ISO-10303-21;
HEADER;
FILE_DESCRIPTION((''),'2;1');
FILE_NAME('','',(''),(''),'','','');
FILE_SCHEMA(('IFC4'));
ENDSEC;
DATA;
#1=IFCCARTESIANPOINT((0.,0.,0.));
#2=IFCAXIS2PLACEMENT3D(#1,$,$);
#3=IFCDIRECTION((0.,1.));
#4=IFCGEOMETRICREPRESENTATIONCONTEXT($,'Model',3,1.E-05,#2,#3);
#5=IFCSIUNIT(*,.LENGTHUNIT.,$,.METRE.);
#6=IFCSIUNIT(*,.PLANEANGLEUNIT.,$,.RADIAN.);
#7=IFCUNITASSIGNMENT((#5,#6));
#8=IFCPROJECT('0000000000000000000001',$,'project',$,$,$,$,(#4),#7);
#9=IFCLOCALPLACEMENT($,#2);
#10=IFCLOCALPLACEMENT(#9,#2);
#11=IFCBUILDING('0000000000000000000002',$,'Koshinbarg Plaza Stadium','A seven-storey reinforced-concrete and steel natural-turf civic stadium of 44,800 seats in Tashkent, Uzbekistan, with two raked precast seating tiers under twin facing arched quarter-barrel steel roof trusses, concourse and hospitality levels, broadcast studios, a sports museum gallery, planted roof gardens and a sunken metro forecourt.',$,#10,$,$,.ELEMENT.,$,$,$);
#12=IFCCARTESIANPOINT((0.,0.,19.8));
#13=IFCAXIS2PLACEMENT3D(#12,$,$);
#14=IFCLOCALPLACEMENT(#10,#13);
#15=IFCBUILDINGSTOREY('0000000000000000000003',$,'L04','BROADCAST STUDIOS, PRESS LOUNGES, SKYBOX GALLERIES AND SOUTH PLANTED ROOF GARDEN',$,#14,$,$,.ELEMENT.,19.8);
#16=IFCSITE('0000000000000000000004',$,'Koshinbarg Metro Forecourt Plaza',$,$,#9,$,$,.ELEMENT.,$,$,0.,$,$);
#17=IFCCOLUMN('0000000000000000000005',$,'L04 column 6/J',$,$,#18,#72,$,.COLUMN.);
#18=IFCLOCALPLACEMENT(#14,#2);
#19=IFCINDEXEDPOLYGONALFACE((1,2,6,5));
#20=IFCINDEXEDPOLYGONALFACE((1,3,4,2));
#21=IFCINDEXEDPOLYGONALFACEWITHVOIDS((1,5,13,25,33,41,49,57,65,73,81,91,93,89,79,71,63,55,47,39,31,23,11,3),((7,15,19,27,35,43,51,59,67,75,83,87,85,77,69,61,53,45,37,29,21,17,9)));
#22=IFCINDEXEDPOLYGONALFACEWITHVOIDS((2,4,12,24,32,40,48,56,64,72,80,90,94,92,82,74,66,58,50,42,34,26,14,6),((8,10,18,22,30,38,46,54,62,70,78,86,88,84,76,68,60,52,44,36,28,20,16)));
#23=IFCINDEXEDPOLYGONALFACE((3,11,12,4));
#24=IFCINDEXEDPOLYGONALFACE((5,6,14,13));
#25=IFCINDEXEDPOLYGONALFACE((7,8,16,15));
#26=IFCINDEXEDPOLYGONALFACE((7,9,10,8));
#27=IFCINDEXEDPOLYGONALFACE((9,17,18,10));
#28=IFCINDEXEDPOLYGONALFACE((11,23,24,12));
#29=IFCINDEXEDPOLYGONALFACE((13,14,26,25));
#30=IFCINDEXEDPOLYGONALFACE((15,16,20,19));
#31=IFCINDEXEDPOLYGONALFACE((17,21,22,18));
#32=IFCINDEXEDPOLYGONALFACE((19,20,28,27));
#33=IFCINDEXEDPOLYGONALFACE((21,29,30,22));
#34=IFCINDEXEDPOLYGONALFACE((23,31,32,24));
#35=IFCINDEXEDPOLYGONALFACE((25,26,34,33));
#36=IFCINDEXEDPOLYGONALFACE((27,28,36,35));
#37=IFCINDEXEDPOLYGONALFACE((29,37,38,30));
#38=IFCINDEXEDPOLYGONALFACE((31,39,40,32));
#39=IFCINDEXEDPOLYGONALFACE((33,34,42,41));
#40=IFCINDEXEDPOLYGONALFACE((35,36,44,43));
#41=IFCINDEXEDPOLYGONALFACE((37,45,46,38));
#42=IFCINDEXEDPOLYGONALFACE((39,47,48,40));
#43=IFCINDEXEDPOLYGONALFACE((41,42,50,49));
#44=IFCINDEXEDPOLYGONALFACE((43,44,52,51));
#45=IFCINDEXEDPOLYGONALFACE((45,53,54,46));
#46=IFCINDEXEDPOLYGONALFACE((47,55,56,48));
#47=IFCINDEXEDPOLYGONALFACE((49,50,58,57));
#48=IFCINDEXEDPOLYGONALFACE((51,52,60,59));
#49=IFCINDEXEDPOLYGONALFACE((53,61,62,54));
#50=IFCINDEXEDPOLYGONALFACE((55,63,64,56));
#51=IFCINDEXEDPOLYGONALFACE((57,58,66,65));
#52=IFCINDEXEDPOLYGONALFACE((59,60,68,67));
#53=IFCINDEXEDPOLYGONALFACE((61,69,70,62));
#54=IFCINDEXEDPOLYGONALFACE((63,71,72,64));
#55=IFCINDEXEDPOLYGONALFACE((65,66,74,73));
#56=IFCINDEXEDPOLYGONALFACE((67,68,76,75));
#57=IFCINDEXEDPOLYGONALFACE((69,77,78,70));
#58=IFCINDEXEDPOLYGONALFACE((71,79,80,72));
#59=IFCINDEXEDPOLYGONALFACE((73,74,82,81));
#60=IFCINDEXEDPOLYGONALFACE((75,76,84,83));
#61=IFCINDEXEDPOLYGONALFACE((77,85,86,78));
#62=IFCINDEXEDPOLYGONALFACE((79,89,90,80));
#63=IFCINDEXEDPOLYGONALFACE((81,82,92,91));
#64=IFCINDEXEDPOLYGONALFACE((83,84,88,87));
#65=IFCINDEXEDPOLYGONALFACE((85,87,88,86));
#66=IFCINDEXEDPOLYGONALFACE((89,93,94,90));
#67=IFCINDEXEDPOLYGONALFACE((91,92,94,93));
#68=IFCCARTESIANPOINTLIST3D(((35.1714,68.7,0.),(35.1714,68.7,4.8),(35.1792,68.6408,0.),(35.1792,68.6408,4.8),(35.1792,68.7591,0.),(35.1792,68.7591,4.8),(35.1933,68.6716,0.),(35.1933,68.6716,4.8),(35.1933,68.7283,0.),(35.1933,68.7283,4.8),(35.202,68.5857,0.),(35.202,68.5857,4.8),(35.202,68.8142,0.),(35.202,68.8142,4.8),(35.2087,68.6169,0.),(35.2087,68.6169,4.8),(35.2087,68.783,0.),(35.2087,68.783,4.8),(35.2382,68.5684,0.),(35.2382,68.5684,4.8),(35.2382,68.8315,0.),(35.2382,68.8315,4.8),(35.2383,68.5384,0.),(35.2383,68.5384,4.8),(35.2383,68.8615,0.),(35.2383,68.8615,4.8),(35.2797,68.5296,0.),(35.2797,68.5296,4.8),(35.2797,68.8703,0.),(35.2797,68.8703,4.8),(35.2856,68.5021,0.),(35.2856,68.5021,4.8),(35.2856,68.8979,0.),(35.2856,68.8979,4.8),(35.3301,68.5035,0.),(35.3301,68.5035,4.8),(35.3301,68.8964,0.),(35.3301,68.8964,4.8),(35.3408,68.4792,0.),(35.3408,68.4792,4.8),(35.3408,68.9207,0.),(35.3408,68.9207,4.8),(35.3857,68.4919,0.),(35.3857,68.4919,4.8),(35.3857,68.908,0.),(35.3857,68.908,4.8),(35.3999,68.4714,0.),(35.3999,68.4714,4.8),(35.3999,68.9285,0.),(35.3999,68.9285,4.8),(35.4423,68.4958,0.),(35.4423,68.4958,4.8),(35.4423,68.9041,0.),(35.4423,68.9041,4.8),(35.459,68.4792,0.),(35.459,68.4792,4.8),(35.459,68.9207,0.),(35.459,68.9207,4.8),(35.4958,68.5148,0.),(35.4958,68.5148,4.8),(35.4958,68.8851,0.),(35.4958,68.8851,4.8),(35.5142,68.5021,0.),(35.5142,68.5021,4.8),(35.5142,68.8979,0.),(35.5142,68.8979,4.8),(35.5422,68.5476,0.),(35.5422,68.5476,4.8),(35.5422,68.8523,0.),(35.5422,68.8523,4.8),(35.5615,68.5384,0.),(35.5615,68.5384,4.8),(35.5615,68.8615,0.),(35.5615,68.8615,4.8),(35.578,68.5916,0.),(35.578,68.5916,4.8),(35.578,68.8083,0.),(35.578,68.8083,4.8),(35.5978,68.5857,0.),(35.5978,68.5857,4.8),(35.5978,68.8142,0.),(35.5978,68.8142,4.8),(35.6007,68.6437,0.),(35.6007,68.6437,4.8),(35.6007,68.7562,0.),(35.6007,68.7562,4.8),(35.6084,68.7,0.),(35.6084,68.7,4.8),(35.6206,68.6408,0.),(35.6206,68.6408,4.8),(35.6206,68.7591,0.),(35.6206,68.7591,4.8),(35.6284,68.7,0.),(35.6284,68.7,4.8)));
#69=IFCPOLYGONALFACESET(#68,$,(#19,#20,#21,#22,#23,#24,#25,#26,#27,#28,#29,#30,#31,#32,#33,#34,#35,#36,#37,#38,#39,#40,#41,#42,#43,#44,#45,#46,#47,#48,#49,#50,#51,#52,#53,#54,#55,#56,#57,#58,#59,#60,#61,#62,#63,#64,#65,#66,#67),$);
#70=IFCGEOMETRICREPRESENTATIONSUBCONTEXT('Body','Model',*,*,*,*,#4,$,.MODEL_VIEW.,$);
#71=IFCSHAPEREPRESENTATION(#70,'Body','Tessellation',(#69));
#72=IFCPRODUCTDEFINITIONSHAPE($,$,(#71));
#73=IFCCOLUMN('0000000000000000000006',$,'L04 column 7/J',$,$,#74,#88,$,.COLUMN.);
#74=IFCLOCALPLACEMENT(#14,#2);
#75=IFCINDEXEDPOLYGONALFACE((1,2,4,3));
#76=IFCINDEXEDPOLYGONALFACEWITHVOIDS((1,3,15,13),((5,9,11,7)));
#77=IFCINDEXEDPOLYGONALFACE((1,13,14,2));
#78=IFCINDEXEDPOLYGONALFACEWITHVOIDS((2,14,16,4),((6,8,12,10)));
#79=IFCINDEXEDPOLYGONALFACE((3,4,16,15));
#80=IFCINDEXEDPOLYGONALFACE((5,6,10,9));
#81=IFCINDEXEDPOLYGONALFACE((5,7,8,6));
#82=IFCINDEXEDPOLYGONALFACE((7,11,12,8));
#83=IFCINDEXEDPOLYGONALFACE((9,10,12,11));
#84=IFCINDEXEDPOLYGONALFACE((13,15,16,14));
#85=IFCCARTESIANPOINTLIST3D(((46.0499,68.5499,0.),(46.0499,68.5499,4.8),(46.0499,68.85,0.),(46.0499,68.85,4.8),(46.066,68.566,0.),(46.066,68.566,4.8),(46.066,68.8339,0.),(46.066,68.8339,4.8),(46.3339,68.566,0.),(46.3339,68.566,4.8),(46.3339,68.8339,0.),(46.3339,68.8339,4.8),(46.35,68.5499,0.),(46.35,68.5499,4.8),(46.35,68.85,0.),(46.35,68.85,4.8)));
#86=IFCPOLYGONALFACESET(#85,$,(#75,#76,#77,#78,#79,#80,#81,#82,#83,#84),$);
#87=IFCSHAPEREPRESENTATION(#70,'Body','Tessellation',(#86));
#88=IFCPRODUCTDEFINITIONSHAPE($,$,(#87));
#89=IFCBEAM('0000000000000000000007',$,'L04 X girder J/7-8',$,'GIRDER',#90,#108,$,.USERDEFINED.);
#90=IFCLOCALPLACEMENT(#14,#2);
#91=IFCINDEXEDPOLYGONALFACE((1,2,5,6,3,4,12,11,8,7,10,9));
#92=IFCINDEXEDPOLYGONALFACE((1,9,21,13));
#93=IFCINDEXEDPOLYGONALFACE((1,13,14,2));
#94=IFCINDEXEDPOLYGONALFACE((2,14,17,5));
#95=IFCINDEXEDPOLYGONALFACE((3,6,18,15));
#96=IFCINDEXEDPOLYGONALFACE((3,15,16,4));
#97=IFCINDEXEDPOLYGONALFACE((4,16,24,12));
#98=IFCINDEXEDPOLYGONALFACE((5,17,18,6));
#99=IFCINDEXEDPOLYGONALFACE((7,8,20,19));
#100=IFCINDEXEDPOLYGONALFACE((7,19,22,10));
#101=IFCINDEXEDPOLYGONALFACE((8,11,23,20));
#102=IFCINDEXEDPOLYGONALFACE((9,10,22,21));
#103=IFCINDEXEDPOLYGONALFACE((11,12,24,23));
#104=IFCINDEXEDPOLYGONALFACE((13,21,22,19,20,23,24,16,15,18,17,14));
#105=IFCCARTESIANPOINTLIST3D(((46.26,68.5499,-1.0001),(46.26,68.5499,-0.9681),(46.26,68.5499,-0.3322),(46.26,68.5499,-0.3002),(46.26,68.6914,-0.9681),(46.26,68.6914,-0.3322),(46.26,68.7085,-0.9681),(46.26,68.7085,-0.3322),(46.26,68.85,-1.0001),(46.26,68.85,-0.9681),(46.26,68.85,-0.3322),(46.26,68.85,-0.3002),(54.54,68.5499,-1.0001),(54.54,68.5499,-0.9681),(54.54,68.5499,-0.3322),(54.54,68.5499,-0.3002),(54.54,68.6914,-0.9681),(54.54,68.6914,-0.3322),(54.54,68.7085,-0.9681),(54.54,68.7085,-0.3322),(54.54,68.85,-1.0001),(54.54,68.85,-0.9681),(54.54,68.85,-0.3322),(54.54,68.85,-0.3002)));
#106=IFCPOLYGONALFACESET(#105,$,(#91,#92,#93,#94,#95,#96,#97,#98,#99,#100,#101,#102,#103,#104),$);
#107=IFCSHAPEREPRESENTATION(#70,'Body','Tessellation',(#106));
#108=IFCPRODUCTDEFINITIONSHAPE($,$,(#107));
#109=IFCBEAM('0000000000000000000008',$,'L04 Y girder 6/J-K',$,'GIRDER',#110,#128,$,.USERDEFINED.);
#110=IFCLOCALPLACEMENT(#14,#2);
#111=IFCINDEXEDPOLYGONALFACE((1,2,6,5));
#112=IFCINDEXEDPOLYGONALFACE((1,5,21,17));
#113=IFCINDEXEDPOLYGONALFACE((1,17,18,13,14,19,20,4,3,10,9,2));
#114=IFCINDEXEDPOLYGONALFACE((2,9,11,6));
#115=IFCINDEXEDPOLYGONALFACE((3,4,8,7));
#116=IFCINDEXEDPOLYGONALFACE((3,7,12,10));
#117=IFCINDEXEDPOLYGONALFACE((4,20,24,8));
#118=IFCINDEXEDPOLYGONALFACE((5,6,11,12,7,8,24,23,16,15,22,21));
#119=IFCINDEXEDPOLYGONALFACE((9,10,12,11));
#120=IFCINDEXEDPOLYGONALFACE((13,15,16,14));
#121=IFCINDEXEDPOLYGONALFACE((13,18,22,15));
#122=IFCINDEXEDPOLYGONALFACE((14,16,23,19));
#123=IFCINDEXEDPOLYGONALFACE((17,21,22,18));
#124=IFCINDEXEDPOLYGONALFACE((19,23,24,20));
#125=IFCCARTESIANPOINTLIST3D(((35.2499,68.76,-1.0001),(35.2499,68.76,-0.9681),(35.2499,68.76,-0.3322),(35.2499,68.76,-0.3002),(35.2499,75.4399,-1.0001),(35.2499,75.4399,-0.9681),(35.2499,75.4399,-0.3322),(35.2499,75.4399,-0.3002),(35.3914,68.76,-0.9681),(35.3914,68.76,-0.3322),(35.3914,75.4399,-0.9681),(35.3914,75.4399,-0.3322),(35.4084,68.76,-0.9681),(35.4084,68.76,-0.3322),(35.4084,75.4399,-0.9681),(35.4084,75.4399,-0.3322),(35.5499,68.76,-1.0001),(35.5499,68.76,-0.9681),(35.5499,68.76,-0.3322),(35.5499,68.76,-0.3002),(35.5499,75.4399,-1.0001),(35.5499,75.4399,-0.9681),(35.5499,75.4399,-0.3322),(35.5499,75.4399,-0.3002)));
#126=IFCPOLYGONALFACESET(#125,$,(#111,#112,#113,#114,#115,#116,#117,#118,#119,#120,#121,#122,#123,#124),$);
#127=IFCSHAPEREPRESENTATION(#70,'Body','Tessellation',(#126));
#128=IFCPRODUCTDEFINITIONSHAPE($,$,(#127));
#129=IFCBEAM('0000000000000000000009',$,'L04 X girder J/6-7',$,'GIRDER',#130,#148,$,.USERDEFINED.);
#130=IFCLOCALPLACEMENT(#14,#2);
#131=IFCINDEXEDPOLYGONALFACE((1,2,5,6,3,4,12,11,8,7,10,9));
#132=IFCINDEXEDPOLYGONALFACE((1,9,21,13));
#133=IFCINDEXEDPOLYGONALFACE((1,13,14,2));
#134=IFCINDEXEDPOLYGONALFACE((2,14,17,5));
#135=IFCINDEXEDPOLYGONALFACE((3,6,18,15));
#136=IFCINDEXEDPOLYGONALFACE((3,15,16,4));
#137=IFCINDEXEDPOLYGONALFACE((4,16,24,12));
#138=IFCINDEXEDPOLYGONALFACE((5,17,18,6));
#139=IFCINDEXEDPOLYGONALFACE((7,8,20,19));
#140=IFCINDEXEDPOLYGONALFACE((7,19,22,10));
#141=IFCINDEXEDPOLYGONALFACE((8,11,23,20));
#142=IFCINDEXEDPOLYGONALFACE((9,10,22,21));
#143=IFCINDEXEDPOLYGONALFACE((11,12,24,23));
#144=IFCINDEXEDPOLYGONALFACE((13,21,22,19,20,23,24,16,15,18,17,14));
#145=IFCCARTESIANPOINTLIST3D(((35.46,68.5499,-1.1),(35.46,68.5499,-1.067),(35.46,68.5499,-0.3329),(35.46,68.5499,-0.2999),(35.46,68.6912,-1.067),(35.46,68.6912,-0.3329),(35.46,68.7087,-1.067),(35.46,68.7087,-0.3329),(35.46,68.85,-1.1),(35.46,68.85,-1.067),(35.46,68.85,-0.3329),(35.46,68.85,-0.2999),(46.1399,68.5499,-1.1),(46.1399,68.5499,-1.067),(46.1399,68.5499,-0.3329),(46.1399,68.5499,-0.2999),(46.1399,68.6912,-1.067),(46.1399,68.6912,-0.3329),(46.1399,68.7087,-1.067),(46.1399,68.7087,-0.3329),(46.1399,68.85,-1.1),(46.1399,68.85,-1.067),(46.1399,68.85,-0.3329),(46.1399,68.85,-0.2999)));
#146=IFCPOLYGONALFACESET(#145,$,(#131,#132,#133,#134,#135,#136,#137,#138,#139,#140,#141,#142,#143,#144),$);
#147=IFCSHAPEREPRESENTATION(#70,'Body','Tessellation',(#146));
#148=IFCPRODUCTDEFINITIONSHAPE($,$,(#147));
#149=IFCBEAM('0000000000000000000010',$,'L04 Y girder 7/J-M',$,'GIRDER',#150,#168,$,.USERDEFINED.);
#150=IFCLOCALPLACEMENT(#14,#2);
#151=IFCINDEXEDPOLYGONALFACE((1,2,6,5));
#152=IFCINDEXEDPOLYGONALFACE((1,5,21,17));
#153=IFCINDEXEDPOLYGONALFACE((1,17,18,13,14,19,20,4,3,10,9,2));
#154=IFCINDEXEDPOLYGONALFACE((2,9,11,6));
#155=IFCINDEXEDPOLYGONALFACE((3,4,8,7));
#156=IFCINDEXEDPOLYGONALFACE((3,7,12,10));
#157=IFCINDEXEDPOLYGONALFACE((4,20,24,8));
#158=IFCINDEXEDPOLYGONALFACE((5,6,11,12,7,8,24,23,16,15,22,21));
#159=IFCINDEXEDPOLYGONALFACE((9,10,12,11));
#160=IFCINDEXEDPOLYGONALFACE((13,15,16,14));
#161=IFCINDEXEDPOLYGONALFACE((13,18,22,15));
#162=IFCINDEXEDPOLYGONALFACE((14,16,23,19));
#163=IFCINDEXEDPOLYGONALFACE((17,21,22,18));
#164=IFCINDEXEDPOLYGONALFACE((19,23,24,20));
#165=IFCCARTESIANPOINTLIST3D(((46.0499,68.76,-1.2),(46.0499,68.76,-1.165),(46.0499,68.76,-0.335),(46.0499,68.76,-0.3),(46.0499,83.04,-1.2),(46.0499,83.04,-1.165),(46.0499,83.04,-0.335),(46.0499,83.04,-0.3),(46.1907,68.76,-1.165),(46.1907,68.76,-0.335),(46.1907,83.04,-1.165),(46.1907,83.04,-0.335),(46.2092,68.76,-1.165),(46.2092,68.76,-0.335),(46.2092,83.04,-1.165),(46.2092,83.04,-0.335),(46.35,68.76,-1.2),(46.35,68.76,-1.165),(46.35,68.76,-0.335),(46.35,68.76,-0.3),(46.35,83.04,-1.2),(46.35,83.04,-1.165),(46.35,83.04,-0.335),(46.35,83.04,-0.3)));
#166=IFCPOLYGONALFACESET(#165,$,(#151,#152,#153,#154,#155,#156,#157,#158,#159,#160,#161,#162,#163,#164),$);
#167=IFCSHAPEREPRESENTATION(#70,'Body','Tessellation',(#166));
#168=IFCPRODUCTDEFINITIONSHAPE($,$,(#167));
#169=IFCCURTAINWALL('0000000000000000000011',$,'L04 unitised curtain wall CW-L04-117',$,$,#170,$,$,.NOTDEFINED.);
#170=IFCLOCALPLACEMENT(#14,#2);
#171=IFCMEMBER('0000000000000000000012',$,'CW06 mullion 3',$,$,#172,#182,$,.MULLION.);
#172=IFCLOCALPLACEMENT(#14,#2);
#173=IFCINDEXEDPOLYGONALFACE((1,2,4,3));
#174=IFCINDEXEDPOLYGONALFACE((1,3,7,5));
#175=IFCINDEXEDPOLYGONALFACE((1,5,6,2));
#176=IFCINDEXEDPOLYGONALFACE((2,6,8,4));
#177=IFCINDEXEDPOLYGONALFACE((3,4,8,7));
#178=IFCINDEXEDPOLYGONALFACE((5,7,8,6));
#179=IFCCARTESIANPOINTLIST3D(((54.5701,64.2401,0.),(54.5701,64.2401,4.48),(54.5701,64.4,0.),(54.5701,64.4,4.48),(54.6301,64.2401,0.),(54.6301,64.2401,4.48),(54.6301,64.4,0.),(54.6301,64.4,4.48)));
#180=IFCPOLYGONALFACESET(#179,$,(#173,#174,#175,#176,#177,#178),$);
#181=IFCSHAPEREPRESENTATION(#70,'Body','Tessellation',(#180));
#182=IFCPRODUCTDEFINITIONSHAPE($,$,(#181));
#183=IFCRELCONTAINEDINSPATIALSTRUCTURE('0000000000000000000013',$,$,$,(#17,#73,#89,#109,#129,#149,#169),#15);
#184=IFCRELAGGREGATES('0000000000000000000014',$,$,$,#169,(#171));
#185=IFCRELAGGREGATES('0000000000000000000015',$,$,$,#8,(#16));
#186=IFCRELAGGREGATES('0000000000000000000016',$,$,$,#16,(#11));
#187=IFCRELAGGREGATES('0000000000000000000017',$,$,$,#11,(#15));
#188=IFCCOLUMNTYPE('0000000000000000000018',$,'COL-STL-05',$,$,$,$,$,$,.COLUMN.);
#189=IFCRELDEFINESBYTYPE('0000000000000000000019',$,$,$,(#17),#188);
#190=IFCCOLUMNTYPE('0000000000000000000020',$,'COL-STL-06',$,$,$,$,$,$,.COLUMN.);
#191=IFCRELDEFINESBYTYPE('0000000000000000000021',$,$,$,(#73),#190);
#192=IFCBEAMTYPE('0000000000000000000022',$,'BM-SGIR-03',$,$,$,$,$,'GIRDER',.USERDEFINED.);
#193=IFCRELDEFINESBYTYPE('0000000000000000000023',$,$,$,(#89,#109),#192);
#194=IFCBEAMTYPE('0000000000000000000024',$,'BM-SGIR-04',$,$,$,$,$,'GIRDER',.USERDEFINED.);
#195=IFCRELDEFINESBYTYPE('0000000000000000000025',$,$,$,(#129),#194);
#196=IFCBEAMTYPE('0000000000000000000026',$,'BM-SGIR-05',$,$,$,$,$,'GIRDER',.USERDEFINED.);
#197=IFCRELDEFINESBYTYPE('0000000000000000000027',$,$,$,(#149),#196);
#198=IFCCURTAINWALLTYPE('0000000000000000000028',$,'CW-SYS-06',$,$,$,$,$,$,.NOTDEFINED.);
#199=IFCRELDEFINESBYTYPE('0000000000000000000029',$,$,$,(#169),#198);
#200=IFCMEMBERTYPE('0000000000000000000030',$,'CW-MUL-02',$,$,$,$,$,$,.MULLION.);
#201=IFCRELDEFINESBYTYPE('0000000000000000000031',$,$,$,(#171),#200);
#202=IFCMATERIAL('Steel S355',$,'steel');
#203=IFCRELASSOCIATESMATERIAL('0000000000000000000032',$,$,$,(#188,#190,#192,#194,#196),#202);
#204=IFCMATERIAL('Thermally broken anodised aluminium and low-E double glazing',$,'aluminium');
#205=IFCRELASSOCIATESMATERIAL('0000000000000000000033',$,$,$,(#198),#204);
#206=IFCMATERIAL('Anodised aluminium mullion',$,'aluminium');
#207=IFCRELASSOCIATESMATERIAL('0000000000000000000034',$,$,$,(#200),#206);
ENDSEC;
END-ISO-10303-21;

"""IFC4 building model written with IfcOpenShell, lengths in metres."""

from ifc_helpers import new_model, si_unit, direction, frame, origin, origin_2d, place, context, subcontext, project, spatial, rectangle, hollow_rectangle, hollow_circle, i_section, extrude, material, material_profile, profile_set, type_object, element, aggregate, save


model = new_model("IFC4")

# Units and contexts
model_context = context("Model", 3, precision=1e-05, world=origin(), true_north=direction((0.0, 1.0)))
body_context = subcontext(model_context, "Body", "Model", "MODEL_VIEW")
ifc_project = project(units=[si_unit("LENGTHUNIT", "METRE"), si_unit("PLANEANGLEUNIT", "RADIAN")], contexts=[model_context])

# Site, building, storey
site_placement = place(None, origin())
site = spatial("IfcSite", under=ifc_project, at=site_placement, Name="Koshinbarg Metro Forecourt Plaza", CompositionType="ELEMENT", RefElevation=0.0)
building_placement = place(site_placement, origin())
building = spatial("IfcBuilding", under=site, at=building_placement, Name="Koshinbarg Plaza Stadium", Description="A seven-storey reinforced-concrete and steel natural-turf civic stadium of 44,800 seats in Tashkent, Uzbekistan, with two raked precast seating tiers under twin facing arched quarter-barrel steel roof trusses, concourse and hospitality levels, broadcast studios, a sports museum gallery, planted roof gardens and a sunken metro forecourt.", CompositionType="ELEMENT")
storey_placement = place(building_placement, frame((0.0, 0.0, 19.8)))
storey = spatial("IfcBuildingStorey", under=building, at=storey_placement, Name="L04", Description="BROADCAST STUDIOS, PRESS LOUNGES, SKYBOX GALLERIES AND SOUTH PLANTED ROOF GARDEN", CompositionType="ELEMENT", Elevation=19.8)

# Columns
ifc_material_1 = material(Name="Steel S355", Category="steel")
ifc_material_profile_1 = material_profile(ifc_material_1, hollow_circle(Radius=0.2285, WallThickness=0.02, at=origin_2d()), Name="CHS 457x20")
ifc_profile_set_1 = profile_set([ifc_material_profile_1], Name="Steel S355")
column_type_1 = type_object("IfcColumnType", Name="COL-STL-05", PredefinedType="COLUMN", material=ifc_profile_set_1)
column_1_placement = place(storey_placement, frame((35.3999, 68.7, 0.0), z_axis=(0.0, 0.0, 1.0), x_axis=(1.0, 0.0, 0.0)))
element("IfcColumn", 1, at=column_1_placement, inside=storey, type_object=column_type_1, Name="L04 column 6/J", PredefinedType="COLUMN", context=body_context, shape_type="SweptSolid", body=[
    extrude(hollow_circle(Radius=0.2285, WallThickness=0.02, at=origin_2d()), origin(), (0.0, 0.0, 1.0), 4.8),
])
ifc_material_profile_2 = material_profile(ifc_material_1, hollow_rectangle(XDim=0.3, YDim=0.3, WallThickness=0.0161, at=origin_2d()), Name="SHS 300x300x16")
ifc_profile_set_2 = profile_set([ifc_material_profile_2], Name="Steel S355")
column_type_2 = type_object("IfcColumnType", Name="COL-STL-06", PredefinedType="COLUMN", material=ifc_profile_set_2)
column_2_placement = place(storey_placement, frame((46.2, 68.7, 0.0), z_axis=(0.0, 0.0, 1.0), x_axis=(1.0, 0.0, 0.0)))
element("IfcColumn", 2, at=column_2_placement, inside=storey, type_object=column_type_2, Name="L04 column 7/J", PredefinedType="COLUMN", context=body_context, shape_type="SweptSolid", body=[
    extrude(hollow_rectangle(XDim=0.3, YDim=0.3, WallThickness=0.0161, at=origin_2d()), origin(), (0.0, 0.0, 1.0), 4.8),
])

# Beams
ifc_material_profile_3 = material_profile(ifc_material_1, i_section(OverallWidth=0.3, OverallDepth=0.7, WebThickness=0.0171, FlangeThickness=0.032, at=origin_2d()), Name="HEB 700")
ifc_profile_set_3 = profile_set([ifc_material_profile_3], Name="Steel S355")
beam_type_1 = type_object("IfcBeamType", Name="BM-SGIR-03", ElementType="GIRDER", PredefinedType="USERDEFINED", material=ifc_profile_set_3)
beam_1_placement = place(storey_placement, frame((46.26, 68.7, -0.6501), z_axis=(1.0, 0.0, 0.0), x_axis=(0.0, 1.0, 0.0)))
element("IfcBeam", 3, at=beam_1_placement, inside=storey, type_object=beam_type_1, Name="L04 X girder J/7-8", ObjectType="GIRDER", PredefinedType="USERDEFINED", context=body_context, shape_type="SweptSolid", body=[
    extrude(i_section(OverallWidth=0.3, OverallDepth=0.7, WebThickness=0.0171, FlangeThickness=0.032, at=origin_2d()), origin(), (0.0, 0.0, 1.0), 8.28),
])
beam_2_placement = place(storey_placement, frame((35.3999, 68.76, -0.6501), z_axis=(0.0, 1.0, 0.0), x_axis=(-1.0, 0.0, 0.0)))
element("IfcBeam", 4, at=beam_2_placement, inside=storey, type_object=beam_type_1, Name="L04 Y girder 6/J-K", ObjectType="GIRDER", PredefinedType="USERDEFINED", context=body_context, shape_type="SweptSolid", body=[
    extrude(i_section(OverallWidth=0.3, OverallDepth=0.7, WebThickness=0.0171, FlangeThickness=0.032, at=origin_2d()), origin(), (0.0, 0.0, 1.0), 6.6799),
])
ifc_material_profile_4 = material_profile(ifc_material_1, i_section(OverallWidth=0.3, OverallDepth=0.8, WebThickness=0.0176, FlangeThickness=0.033, at=origin_2d()), Name="HEB 800")
ifc_profile_set_4 = profile_set([ifc_material_profile_4], Name="Steel S355")
beam_type_2 = type_object("IfcBeamType", Name="BM-SGIR-04", ElementType="GIRDER", PredefinedType="USERDEFINED", material=ifc_profile_set_4)
beam_3_placement = place(storey_placement, frame((35.46, 68.7, -0.7), z_axis=(1.0, 0.0, 0.0), x_axis=(0.0, 1.0, 0.0)))
element("IfcBeam", 5, at=beam_3_placement, inside=storey, type_object=beam_type_2, Name="L04 X girder J/6-7", ObjectType="GIRDER", PredefinedType="USERDEFINED", context=body_context, shape_type="SweptSolid", body=[
    extrude(i_section(OverallWidth=0.3, OverallDepth=0.8, WebThickness=0.0176, FlangeThickness=0.033, at=origin_2d()), origin(), (0.0, 0.0, 1.0), 10.6799),
])
ifc_material_profile_5 = material_profile(ifc_material_1, i_section(OverallWidth=0.3, OverallDepth=0.8999, WebThickness=0.0186, FlangeThickness=0.0349, at=origin_2d()), Name="HEB 900")
ifc_profile_set_5 = profile_set([ifc_material_profile_5], Name="Steel S355")
beam_type_3 = type_object("IfcBeamType", Name="BM-SGIR-05", ElementType="GIRDER", PredefinedType="USERDEFINED", material=ifc_profile_set_5)
beam_4_placement = place(storey_placement, frame((46.2, 68.76, -0.75), z_axis=(0.0, 1.0, 0.0), x_axis=(-1.0, 0.0, 0.0)))
element("IfcBeam", 6, at=beam_4_placement, inside=storey, type_object=beam_type_3, Name="L04 Y girder 7/J-M", ObjectType="GIRDER", PredefinedType="USERDEFINED", context=body_context, shape_type="SweptSolid", body=[
    extrude(i_section(OverallWidth=0.3, OverallDepth=0.8999, WebThickness=0.0186, FlangeThickness=0.0349, at=origin_2d()), origin(), (0.0, 0.0, 1.0), 14.28),
])

# Curtain wall, member
ifc_material_2 = material(Name="Thermally broken anodised aluminium and low-E double glazing", Category="aluminium")
curtain_wall_type = type_object("IfcCurtainWallType", Name="CW-SYS-06", PredefinedType="NOTDEFINED", material=ifc_material_2)
curtain_wall_placement = place(storey_placement, origin())
curtain_wall = element("IfcCurtainWall", 7, at=curtain_wall_placement, inside=storey, type_object=curtain_wall_type, Name="L04 unitised curtain wall CW-L04-117", PredefinedType="NOTDEFINED")
ifc_material_3 = material(Name="Anodised aluminium mullion", Category="aluminium")
ifc_material_profile_6 = material_profile(ifc_material_3, rectangle(XDim=0.0601, YDim=0.1599, at=origin_2d()), Name="ALU 60x160")
ifc_profile_set_6 = profile_set([ifc_material_profile_6], Name="Anodised aluminium mullion")
member_type_1 = type_object("IfcMemberType", Name="CW-MUL-02", PredefinedType="MULLION", material=ifc_profile_set_6)
member_1_placement = place(storey_placement, frame((54.6001, 64.3201, 0.0), z_axis=(0.0, 0.0, 1.0), x_axis=(1.0, 0.0, 0.0)))
member_1 = element("IfcMember", 8, at=member_1_placement, type_object=member_type_1, Name="CW06 mullion 3", PredefinedType="MULLION", context=body_context, shape_type="SweptSolid", body=[
    extrude(rectangle(XDim=0.0601, YDim=0.1599, at=origin_2d()), origin(), (0.0, 0.0, 1.0), 4.48),
])
aggregate(curtain_wall, [member_1])

save(model, "model.ifc")
